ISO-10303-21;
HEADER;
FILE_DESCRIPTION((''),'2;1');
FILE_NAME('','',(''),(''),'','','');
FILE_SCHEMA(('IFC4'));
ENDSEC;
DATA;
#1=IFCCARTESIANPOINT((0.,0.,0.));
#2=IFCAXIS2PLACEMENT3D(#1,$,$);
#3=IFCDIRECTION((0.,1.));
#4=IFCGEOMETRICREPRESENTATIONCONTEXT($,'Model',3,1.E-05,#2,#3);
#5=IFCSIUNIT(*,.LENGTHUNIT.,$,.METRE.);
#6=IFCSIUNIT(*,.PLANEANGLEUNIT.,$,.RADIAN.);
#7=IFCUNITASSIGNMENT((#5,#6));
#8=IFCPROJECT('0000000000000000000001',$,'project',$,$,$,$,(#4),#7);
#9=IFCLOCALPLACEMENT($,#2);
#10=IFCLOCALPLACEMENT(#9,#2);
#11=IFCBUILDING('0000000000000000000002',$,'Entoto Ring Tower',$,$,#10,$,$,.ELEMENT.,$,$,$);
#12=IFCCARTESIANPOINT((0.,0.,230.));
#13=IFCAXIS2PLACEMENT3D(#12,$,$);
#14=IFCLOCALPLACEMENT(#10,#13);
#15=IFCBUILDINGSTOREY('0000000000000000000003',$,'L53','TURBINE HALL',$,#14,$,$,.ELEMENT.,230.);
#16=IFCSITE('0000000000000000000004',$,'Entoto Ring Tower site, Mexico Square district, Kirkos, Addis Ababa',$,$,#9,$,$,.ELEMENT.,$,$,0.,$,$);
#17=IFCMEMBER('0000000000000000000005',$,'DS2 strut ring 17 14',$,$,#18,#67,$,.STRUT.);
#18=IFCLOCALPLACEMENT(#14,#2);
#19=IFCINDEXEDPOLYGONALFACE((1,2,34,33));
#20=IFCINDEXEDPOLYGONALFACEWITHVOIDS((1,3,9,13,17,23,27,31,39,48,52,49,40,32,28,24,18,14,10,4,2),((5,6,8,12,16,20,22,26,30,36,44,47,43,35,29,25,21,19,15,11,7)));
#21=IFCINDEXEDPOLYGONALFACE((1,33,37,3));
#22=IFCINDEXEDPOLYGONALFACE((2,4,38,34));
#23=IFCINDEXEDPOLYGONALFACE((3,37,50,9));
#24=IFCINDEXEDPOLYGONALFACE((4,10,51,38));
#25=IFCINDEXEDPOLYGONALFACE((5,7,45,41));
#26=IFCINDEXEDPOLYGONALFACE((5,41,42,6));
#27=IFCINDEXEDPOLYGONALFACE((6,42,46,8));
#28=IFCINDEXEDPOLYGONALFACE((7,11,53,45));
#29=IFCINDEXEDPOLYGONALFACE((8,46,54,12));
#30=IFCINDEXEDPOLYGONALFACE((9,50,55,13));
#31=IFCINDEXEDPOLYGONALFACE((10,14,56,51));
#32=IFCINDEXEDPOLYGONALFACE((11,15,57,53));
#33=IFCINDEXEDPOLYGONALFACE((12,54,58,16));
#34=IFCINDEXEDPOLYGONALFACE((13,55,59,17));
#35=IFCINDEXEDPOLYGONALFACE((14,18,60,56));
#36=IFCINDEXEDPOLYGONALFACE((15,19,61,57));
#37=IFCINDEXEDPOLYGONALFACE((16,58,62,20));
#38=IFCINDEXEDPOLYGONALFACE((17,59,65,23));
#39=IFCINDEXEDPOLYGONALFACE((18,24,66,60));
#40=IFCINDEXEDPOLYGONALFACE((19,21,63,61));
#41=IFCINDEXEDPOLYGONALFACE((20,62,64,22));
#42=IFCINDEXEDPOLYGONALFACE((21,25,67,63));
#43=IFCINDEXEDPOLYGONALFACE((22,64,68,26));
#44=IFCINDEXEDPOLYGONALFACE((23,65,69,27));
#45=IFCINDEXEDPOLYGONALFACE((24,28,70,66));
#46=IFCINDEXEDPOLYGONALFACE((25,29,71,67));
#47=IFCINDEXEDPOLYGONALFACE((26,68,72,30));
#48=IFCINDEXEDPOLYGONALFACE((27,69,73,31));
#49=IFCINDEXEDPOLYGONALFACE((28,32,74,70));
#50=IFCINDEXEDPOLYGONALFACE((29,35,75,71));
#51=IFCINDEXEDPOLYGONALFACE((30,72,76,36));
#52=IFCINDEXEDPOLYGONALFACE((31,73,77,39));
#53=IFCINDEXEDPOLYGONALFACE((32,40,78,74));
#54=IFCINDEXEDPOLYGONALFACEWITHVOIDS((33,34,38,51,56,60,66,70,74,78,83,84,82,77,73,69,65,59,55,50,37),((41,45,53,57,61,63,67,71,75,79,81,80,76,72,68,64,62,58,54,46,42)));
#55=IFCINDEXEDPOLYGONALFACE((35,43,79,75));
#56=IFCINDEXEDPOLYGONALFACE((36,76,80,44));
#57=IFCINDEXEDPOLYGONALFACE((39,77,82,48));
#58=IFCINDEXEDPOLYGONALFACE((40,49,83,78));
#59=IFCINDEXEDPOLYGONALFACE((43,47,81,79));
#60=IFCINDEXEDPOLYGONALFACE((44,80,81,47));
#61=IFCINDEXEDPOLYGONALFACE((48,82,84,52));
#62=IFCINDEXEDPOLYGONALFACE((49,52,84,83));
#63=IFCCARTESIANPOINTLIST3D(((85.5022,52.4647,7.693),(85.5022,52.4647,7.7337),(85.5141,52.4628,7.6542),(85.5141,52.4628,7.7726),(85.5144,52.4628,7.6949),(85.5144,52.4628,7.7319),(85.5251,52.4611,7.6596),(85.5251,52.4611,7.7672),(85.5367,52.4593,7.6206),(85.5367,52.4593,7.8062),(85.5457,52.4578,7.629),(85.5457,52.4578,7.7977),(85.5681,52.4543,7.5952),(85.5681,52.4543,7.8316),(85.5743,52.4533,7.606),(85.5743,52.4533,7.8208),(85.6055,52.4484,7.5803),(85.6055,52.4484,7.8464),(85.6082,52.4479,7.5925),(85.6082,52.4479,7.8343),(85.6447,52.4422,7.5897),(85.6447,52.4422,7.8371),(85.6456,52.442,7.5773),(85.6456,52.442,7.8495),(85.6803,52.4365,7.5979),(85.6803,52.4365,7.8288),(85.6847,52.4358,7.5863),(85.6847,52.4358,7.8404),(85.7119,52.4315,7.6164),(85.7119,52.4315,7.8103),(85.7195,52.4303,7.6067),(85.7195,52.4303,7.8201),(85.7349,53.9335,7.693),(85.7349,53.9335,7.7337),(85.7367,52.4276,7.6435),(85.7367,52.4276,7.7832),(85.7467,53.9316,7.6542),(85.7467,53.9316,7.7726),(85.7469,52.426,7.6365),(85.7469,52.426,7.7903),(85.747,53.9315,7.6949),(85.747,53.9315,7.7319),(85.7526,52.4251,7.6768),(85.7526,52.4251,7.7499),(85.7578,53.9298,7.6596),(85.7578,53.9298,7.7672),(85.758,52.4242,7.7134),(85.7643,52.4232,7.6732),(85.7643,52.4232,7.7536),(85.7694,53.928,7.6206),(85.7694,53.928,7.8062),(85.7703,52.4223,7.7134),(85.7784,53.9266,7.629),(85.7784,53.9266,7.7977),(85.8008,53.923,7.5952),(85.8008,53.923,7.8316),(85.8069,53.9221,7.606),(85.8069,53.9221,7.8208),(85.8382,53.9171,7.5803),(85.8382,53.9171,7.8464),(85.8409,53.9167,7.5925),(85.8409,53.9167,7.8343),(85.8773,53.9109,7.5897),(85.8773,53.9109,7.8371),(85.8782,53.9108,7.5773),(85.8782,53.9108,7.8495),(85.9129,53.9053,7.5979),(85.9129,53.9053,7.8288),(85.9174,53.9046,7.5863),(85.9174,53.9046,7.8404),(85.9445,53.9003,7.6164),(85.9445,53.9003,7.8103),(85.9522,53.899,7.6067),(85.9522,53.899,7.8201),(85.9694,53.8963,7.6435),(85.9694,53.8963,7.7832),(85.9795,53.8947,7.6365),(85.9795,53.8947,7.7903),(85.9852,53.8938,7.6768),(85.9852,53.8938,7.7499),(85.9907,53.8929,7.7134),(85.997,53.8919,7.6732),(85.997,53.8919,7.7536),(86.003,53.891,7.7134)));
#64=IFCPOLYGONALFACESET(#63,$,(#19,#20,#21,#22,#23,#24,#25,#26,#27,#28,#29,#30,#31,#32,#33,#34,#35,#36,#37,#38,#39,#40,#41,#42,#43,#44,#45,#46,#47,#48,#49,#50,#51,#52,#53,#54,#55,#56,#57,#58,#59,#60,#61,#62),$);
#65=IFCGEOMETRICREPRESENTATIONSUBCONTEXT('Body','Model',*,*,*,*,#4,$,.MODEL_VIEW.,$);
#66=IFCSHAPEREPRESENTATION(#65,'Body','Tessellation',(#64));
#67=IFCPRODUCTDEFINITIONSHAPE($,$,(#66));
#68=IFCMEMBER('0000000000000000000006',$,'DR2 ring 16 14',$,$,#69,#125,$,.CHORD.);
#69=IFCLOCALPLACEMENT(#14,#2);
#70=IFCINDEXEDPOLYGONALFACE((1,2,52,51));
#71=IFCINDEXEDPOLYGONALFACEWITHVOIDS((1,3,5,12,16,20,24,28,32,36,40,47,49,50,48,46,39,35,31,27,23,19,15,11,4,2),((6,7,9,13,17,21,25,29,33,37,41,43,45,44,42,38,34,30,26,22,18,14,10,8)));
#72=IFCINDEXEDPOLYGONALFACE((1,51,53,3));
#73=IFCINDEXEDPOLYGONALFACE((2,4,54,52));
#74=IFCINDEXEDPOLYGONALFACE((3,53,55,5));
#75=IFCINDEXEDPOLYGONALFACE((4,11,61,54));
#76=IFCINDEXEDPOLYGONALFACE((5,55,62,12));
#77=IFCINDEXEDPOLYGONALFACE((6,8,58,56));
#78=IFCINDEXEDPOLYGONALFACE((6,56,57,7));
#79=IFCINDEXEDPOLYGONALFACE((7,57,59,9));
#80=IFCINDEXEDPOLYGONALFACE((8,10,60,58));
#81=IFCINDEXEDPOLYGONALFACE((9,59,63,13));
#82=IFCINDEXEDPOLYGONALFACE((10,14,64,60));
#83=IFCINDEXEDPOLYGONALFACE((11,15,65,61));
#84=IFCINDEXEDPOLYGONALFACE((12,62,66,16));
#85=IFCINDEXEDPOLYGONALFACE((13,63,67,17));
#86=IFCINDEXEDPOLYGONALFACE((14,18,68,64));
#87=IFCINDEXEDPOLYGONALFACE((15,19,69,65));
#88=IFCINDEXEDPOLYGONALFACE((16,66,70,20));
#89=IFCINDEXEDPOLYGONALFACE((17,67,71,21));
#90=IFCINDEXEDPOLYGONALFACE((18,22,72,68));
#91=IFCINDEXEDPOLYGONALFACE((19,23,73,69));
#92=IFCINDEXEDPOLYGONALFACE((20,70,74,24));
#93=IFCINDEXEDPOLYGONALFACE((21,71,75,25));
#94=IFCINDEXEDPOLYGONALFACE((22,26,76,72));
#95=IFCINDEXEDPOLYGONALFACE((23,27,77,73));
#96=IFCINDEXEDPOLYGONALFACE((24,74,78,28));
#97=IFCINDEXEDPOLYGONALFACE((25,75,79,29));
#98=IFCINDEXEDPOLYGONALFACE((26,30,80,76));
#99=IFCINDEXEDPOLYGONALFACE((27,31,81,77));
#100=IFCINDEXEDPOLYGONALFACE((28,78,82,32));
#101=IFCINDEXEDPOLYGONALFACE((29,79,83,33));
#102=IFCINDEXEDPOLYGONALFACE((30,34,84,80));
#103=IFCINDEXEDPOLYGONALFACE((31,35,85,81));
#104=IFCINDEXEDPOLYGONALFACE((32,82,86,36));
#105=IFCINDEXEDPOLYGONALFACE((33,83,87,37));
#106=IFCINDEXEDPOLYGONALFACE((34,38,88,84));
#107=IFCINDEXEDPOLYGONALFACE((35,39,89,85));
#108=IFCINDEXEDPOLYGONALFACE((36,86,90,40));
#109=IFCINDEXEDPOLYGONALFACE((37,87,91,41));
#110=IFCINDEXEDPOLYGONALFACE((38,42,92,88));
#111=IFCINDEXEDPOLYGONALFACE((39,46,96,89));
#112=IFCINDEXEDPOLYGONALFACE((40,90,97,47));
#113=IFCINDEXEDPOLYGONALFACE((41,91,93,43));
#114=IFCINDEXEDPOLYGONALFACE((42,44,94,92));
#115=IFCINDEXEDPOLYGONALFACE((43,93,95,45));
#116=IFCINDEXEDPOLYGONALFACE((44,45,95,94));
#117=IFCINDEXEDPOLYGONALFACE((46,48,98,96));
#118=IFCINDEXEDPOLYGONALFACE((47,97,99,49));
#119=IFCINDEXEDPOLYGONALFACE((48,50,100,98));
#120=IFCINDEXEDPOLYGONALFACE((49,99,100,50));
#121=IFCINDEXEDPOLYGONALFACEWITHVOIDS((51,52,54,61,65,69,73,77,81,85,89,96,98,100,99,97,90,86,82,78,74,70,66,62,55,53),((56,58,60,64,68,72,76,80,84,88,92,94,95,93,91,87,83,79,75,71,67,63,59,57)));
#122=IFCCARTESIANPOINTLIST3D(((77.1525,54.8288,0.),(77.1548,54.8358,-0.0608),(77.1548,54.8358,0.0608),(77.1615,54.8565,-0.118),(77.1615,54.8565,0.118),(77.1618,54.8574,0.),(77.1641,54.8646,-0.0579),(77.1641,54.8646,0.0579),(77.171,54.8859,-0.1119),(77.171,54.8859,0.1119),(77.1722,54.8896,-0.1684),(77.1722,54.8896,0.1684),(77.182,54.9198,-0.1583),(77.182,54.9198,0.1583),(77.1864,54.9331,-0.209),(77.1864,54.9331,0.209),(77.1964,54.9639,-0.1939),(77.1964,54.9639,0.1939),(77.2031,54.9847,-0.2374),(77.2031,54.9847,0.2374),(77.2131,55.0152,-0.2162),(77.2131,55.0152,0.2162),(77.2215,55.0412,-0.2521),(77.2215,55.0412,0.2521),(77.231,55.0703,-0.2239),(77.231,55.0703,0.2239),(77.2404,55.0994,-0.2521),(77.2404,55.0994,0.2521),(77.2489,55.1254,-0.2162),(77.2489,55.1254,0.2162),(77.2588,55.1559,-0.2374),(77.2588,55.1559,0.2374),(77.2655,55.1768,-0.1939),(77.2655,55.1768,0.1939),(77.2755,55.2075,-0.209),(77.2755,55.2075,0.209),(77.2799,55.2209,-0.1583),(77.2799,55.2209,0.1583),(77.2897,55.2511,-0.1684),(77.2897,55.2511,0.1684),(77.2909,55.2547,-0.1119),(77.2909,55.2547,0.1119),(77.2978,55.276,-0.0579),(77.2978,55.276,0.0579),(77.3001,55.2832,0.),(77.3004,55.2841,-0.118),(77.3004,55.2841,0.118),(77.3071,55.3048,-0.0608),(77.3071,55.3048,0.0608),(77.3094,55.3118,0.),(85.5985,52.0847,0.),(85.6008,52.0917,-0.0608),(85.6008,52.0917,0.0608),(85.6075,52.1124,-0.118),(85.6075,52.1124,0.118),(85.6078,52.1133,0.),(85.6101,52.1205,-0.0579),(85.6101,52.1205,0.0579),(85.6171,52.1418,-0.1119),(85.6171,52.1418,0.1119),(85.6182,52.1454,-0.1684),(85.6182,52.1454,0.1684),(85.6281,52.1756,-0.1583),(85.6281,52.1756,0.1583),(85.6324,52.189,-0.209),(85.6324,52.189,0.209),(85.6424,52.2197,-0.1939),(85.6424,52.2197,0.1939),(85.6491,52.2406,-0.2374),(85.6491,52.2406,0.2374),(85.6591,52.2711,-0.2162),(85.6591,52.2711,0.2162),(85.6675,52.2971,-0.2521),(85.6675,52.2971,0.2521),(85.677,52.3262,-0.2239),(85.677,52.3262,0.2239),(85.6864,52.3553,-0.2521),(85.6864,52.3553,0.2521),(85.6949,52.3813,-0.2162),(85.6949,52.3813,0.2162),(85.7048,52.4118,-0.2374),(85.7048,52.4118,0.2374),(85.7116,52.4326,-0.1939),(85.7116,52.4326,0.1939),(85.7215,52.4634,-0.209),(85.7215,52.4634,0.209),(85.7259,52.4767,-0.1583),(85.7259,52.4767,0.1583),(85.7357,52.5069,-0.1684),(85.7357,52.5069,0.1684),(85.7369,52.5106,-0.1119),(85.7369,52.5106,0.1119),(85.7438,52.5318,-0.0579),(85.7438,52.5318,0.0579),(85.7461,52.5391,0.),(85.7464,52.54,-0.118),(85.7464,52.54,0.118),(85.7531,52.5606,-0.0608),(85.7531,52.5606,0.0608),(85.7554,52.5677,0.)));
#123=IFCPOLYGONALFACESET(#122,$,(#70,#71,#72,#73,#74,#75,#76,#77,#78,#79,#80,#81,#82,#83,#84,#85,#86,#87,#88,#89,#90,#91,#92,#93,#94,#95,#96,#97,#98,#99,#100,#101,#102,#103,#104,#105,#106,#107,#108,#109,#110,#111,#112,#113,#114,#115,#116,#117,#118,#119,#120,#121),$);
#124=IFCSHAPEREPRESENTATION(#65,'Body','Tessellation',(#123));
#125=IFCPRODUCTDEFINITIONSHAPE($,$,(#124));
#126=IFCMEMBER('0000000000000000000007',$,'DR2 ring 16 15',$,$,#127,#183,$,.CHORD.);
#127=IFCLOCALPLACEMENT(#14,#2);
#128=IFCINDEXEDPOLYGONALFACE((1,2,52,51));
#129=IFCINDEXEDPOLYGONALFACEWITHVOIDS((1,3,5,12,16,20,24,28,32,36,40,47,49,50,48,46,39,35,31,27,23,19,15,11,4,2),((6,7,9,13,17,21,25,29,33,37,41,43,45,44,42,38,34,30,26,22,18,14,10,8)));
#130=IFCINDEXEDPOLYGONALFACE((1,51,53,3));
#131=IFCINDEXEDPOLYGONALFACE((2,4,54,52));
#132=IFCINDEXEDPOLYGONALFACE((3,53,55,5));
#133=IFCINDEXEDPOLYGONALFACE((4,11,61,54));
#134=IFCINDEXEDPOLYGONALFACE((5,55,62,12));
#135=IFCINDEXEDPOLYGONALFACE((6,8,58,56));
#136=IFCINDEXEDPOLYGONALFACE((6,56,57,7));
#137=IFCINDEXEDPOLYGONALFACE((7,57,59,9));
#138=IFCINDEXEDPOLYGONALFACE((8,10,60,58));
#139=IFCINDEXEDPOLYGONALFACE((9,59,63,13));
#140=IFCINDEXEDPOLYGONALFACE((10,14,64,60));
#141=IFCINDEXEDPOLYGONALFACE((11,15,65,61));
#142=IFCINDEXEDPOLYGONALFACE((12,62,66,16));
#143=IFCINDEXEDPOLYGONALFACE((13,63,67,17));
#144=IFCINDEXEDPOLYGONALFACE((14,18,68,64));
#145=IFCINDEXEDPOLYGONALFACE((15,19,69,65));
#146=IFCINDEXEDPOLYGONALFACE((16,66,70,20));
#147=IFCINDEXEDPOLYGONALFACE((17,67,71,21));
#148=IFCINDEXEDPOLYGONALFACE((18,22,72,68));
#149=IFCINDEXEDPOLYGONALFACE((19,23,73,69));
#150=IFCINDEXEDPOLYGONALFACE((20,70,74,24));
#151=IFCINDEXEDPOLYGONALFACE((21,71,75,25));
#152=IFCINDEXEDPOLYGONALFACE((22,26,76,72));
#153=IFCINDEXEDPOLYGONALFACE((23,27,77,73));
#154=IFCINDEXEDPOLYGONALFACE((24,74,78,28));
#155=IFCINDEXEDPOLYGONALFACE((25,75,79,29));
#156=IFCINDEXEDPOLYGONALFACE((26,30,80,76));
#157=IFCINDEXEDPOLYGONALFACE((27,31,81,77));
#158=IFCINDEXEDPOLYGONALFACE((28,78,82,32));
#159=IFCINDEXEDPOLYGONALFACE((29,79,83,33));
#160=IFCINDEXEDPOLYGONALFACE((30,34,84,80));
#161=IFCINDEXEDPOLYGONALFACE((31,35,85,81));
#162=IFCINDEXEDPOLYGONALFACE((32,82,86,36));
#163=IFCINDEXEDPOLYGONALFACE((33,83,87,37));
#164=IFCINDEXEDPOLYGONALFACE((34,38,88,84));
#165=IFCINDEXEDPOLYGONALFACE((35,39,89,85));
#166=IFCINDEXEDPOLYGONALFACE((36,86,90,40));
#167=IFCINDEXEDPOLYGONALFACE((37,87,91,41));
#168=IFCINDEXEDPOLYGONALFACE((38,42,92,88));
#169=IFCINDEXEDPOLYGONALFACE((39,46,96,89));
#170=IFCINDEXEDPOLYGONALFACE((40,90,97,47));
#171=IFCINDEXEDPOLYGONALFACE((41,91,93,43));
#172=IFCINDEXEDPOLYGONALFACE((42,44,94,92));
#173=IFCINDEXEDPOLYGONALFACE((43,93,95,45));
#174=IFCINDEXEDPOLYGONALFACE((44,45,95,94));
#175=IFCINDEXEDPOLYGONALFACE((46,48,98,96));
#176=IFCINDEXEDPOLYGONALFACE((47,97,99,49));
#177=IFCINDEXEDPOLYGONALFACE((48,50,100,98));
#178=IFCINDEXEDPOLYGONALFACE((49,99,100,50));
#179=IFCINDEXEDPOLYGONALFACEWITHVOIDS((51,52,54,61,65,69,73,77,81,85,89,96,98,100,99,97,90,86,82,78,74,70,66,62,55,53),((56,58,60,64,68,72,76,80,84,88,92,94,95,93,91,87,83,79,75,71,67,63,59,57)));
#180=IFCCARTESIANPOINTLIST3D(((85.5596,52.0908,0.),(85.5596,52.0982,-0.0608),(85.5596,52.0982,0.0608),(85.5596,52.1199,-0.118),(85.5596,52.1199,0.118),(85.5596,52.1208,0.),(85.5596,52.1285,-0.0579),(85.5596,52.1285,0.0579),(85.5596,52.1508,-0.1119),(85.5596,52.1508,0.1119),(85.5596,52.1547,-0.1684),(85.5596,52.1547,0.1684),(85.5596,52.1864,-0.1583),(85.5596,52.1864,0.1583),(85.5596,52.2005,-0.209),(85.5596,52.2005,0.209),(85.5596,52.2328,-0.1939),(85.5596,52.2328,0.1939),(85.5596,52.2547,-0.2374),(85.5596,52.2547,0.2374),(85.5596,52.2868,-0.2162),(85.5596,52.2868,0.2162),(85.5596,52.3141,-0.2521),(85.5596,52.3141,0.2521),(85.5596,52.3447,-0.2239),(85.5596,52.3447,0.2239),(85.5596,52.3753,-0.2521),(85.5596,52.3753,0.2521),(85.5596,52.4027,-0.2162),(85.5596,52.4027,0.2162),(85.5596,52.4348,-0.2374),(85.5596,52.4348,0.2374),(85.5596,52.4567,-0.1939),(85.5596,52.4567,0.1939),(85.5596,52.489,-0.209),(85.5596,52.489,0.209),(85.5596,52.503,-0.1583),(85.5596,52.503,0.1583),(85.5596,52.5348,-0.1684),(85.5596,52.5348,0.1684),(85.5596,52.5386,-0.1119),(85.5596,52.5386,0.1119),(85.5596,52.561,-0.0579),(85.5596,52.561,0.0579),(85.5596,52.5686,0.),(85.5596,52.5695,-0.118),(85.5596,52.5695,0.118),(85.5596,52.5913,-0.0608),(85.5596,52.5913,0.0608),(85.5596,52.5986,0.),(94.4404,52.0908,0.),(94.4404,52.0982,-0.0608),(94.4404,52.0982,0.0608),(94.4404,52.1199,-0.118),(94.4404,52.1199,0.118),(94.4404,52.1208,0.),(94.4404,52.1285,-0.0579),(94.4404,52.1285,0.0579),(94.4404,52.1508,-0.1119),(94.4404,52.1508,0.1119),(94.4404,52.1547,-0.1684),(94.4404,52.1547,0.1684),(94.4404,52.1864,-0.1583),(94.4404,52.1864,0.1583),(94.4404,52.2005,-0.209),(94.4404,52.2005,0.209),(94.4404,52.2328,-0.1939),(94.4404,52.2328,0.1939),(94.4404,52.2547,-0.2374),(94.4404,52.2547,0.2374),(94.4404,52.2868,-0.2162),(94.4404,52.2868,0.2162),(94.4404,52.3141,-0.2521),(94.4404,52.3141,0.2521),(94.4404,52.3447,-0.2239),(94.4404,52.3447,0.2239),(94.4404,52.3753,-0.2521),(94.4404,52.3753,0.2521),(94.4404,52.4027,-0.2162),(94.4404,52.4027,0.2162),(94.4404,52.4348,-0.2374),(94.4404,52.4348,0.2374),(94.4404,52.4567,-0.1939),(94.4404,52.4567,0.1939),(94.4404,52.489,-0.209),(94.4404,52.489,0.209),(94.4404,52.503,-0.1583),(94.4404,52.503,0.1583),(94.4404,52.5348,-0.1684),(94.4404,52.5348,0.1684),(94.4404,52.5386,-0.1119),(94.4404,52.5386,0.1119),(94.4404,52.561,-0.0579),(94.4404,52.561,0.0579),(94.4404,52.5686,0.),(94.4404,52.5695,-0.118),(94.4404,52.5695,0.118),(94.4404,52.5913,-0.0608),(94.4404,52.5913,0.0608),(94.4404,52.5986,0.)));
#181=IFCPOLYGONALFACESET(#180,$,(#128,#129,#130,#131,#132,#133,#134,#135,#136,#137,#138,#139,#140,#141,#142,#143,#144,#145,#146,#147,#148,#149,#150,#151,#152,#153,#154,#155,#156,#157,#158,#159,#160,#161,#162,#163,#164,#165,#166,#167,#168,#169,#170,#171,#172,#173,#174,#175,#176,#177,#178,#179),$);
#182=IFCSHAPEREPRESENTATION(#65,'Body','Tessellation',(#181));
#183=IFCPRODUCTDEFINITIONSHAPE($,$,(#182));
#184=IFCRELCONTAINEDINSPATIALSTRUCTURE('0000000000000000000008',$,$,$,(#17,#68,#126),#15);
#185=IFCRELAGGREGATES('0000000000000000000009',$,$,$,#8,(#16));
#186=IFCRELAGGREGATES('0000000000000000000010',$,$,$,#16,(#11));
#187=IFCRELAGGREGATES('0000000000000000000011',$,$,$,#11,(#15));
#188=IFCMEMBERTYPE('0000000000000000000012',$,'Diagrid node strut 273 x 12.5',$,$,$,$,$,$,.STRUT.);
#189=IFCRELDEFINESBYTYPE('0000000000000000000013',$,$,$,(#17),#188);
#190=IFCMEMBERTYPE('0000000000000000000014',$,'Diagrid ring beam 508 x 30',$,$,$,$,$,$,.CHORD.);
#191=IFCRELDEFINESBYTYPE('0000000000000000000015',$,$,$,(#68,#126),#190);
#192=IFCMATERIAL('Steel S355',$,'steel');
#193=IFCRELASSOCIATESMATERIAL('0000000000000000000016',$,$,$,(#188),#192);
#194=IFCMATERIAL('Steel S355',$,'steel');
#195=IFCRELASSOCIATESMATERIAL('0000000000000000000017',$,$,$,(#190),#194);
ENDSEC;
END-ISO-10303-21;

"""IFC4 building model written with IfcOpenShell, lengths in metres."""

from ifc_helpers import new_model, si_unit, direction, frame, origin, origin_2d, place, context, subcontext, project, spatial, circle, hollow_circle, extrude, material, material_profile, profile_set, type_object, element, save


model = new_model("IFC4")

# Units and contexts
model_context = context("Model", 3, precision=1e-05, world=origin(), true_north=direction((0.0, 1.0)))
body_context = subcontext(model_context, "Body", "Model", "MODEL_VIEW")
ifc_project = project(units=[si_unit("LENGTHUNIT", "METRE"), si_unit("PLANEANGLEUNIT", "RADIAN")], contexts=[model_context])

# Site, building, storey
site_placement = place(None, origin())
site = spatial("IfcSite", under=ifc_project, at=site_placement, Name="Entoto Ring Tower site, Mexico Square district, Kirkos, Addis Ababa", CompositionType="ELEMENT", RefElevation=0.0)
building_placement = place(site_placement, origin())
building = spatial("IfcBuilding", under=site, at=building_placement, Name="Entoto Ring Tower", CompositionType="ELEMENT")
storey_placement = place(building_placement, frame((0.0, 0.0, 230.0)))
storey = spatial("IfcBuildingStorey", under=building, at=storey_placement, Name="L53", Description="TURBINE HALL", CompositionType="ELEMENT", Elevation=230.0)

# Members
ifc_material_1 = material(Name="Steel S355", Category="steel")
ifc_material_profile_1 = material_profile(ifc_material_1, hollow_circle(Radius=0.1365, WallThickness=0.0125, at=origin_2d()), Name="CHS 273 x 12.5")
ifc_material_2 = material(Name="Concrete C60/75", Category="concrete")
ifc_material_profile_2 = material_profile(ifc_material_2, circle(Radius=0.124, at=origin_2d()), Name="Concrete C60/75 infill")
ifc_profile_set_1 = profile_set([ifc_material_profile_1, ifc_material_profile_2], Name="Steel S355")
member_type_1 = type_object("IfcMemberType", Name="Diagrid node strut 273 x 12.5", PredefinedType="STRUT", material=ifc_profile_set_1)
member_1_placement = place(storey_placement, frame((85.8682, 53.9124, 7.7134), z_axis=(-0.15646, -0.987684, 0.0), x_axis=(0.987684, -0.15646, 0.0)))
element("IfcMember", 1, at=member_1_placement, inside=storey, type_object=member_type_1, Name="DS2 strut ring 17 14", PredefinedType="STRUT", context=body_context, shape_type="SweptSolid", body=[
    extrude(hollow_circle(Radius=0.1365, WallThickness=0.0125, at=origin_2d()), origin(), (0.0, 0.0, 1.0), 1.4871),
])
ifc_material_3 = material(Name="Steel S355", Category="steel")
ifc_material_profile_3 = material_profile(ifc_material_3, hollow_circle(Radius=0.2539, WallThickness=0.03, at=origin_2d()), Name="CHS 508 x 30")
ifc_material_4 = material(Name="Concrete C60/75", Category="concrete")
ifc_material_profile_4 = material_profile(ifc_material_4, circle(Radius=0.2241, at=origin_2d()), Name="Concrete C60/75 infill")
ifc_profile_set_2 = profile_set([ifc_material_profile_3, ifc_material_profile_4], Name="Steel S355")
member_type_2 = type_object("IfcMemberType", Name="Diagrid ring beam 508 x 30", PredefinedType="CHORD", material=ifc_profile_set_2)
member_2_placement = place(storey_placement, frame((77.231, 55.0703, 0.0), z_axis=(0.951061, -0.309002, 0.0), x_axis=(0.309002, 0.951061, 0.0)))
element("IfcMember", 2, at=member_2_placement, inside=storey, type_object=member_type_2, Name="DR2 ring 16 14", PredefinedType="CHORD", context=body_context, shape_type="SweptSolid", body=[
    extrude(hollow_circle(Radius=0.2539, WallThickness=0.03, at=origin_2d()), origin(), (0.0, 0.0, 1.0), 8.8806),
])
member_3_placement = place(storey_placement, frame((85.5596, 52.3447, 0.0), z_axis=(1.0, 0.0, 0.0), x_axis=(0.0, 1.0, 0.0)))
element("IfcMember", 3, at=member_3_placement, inside=storey, type_object=member_type_2, Name="DR2 ring 16 15", PredefinedType="CHORD", context=body_context, shape_type="SweptSolid", body=[
    extrude(hollow_circle(Radius=0.2539, WallThickness=0.03, at=origin_2d()), origin(), (0.0, 0.0, 1.0), 8.8809),
])

save(model, "model.ifc")
